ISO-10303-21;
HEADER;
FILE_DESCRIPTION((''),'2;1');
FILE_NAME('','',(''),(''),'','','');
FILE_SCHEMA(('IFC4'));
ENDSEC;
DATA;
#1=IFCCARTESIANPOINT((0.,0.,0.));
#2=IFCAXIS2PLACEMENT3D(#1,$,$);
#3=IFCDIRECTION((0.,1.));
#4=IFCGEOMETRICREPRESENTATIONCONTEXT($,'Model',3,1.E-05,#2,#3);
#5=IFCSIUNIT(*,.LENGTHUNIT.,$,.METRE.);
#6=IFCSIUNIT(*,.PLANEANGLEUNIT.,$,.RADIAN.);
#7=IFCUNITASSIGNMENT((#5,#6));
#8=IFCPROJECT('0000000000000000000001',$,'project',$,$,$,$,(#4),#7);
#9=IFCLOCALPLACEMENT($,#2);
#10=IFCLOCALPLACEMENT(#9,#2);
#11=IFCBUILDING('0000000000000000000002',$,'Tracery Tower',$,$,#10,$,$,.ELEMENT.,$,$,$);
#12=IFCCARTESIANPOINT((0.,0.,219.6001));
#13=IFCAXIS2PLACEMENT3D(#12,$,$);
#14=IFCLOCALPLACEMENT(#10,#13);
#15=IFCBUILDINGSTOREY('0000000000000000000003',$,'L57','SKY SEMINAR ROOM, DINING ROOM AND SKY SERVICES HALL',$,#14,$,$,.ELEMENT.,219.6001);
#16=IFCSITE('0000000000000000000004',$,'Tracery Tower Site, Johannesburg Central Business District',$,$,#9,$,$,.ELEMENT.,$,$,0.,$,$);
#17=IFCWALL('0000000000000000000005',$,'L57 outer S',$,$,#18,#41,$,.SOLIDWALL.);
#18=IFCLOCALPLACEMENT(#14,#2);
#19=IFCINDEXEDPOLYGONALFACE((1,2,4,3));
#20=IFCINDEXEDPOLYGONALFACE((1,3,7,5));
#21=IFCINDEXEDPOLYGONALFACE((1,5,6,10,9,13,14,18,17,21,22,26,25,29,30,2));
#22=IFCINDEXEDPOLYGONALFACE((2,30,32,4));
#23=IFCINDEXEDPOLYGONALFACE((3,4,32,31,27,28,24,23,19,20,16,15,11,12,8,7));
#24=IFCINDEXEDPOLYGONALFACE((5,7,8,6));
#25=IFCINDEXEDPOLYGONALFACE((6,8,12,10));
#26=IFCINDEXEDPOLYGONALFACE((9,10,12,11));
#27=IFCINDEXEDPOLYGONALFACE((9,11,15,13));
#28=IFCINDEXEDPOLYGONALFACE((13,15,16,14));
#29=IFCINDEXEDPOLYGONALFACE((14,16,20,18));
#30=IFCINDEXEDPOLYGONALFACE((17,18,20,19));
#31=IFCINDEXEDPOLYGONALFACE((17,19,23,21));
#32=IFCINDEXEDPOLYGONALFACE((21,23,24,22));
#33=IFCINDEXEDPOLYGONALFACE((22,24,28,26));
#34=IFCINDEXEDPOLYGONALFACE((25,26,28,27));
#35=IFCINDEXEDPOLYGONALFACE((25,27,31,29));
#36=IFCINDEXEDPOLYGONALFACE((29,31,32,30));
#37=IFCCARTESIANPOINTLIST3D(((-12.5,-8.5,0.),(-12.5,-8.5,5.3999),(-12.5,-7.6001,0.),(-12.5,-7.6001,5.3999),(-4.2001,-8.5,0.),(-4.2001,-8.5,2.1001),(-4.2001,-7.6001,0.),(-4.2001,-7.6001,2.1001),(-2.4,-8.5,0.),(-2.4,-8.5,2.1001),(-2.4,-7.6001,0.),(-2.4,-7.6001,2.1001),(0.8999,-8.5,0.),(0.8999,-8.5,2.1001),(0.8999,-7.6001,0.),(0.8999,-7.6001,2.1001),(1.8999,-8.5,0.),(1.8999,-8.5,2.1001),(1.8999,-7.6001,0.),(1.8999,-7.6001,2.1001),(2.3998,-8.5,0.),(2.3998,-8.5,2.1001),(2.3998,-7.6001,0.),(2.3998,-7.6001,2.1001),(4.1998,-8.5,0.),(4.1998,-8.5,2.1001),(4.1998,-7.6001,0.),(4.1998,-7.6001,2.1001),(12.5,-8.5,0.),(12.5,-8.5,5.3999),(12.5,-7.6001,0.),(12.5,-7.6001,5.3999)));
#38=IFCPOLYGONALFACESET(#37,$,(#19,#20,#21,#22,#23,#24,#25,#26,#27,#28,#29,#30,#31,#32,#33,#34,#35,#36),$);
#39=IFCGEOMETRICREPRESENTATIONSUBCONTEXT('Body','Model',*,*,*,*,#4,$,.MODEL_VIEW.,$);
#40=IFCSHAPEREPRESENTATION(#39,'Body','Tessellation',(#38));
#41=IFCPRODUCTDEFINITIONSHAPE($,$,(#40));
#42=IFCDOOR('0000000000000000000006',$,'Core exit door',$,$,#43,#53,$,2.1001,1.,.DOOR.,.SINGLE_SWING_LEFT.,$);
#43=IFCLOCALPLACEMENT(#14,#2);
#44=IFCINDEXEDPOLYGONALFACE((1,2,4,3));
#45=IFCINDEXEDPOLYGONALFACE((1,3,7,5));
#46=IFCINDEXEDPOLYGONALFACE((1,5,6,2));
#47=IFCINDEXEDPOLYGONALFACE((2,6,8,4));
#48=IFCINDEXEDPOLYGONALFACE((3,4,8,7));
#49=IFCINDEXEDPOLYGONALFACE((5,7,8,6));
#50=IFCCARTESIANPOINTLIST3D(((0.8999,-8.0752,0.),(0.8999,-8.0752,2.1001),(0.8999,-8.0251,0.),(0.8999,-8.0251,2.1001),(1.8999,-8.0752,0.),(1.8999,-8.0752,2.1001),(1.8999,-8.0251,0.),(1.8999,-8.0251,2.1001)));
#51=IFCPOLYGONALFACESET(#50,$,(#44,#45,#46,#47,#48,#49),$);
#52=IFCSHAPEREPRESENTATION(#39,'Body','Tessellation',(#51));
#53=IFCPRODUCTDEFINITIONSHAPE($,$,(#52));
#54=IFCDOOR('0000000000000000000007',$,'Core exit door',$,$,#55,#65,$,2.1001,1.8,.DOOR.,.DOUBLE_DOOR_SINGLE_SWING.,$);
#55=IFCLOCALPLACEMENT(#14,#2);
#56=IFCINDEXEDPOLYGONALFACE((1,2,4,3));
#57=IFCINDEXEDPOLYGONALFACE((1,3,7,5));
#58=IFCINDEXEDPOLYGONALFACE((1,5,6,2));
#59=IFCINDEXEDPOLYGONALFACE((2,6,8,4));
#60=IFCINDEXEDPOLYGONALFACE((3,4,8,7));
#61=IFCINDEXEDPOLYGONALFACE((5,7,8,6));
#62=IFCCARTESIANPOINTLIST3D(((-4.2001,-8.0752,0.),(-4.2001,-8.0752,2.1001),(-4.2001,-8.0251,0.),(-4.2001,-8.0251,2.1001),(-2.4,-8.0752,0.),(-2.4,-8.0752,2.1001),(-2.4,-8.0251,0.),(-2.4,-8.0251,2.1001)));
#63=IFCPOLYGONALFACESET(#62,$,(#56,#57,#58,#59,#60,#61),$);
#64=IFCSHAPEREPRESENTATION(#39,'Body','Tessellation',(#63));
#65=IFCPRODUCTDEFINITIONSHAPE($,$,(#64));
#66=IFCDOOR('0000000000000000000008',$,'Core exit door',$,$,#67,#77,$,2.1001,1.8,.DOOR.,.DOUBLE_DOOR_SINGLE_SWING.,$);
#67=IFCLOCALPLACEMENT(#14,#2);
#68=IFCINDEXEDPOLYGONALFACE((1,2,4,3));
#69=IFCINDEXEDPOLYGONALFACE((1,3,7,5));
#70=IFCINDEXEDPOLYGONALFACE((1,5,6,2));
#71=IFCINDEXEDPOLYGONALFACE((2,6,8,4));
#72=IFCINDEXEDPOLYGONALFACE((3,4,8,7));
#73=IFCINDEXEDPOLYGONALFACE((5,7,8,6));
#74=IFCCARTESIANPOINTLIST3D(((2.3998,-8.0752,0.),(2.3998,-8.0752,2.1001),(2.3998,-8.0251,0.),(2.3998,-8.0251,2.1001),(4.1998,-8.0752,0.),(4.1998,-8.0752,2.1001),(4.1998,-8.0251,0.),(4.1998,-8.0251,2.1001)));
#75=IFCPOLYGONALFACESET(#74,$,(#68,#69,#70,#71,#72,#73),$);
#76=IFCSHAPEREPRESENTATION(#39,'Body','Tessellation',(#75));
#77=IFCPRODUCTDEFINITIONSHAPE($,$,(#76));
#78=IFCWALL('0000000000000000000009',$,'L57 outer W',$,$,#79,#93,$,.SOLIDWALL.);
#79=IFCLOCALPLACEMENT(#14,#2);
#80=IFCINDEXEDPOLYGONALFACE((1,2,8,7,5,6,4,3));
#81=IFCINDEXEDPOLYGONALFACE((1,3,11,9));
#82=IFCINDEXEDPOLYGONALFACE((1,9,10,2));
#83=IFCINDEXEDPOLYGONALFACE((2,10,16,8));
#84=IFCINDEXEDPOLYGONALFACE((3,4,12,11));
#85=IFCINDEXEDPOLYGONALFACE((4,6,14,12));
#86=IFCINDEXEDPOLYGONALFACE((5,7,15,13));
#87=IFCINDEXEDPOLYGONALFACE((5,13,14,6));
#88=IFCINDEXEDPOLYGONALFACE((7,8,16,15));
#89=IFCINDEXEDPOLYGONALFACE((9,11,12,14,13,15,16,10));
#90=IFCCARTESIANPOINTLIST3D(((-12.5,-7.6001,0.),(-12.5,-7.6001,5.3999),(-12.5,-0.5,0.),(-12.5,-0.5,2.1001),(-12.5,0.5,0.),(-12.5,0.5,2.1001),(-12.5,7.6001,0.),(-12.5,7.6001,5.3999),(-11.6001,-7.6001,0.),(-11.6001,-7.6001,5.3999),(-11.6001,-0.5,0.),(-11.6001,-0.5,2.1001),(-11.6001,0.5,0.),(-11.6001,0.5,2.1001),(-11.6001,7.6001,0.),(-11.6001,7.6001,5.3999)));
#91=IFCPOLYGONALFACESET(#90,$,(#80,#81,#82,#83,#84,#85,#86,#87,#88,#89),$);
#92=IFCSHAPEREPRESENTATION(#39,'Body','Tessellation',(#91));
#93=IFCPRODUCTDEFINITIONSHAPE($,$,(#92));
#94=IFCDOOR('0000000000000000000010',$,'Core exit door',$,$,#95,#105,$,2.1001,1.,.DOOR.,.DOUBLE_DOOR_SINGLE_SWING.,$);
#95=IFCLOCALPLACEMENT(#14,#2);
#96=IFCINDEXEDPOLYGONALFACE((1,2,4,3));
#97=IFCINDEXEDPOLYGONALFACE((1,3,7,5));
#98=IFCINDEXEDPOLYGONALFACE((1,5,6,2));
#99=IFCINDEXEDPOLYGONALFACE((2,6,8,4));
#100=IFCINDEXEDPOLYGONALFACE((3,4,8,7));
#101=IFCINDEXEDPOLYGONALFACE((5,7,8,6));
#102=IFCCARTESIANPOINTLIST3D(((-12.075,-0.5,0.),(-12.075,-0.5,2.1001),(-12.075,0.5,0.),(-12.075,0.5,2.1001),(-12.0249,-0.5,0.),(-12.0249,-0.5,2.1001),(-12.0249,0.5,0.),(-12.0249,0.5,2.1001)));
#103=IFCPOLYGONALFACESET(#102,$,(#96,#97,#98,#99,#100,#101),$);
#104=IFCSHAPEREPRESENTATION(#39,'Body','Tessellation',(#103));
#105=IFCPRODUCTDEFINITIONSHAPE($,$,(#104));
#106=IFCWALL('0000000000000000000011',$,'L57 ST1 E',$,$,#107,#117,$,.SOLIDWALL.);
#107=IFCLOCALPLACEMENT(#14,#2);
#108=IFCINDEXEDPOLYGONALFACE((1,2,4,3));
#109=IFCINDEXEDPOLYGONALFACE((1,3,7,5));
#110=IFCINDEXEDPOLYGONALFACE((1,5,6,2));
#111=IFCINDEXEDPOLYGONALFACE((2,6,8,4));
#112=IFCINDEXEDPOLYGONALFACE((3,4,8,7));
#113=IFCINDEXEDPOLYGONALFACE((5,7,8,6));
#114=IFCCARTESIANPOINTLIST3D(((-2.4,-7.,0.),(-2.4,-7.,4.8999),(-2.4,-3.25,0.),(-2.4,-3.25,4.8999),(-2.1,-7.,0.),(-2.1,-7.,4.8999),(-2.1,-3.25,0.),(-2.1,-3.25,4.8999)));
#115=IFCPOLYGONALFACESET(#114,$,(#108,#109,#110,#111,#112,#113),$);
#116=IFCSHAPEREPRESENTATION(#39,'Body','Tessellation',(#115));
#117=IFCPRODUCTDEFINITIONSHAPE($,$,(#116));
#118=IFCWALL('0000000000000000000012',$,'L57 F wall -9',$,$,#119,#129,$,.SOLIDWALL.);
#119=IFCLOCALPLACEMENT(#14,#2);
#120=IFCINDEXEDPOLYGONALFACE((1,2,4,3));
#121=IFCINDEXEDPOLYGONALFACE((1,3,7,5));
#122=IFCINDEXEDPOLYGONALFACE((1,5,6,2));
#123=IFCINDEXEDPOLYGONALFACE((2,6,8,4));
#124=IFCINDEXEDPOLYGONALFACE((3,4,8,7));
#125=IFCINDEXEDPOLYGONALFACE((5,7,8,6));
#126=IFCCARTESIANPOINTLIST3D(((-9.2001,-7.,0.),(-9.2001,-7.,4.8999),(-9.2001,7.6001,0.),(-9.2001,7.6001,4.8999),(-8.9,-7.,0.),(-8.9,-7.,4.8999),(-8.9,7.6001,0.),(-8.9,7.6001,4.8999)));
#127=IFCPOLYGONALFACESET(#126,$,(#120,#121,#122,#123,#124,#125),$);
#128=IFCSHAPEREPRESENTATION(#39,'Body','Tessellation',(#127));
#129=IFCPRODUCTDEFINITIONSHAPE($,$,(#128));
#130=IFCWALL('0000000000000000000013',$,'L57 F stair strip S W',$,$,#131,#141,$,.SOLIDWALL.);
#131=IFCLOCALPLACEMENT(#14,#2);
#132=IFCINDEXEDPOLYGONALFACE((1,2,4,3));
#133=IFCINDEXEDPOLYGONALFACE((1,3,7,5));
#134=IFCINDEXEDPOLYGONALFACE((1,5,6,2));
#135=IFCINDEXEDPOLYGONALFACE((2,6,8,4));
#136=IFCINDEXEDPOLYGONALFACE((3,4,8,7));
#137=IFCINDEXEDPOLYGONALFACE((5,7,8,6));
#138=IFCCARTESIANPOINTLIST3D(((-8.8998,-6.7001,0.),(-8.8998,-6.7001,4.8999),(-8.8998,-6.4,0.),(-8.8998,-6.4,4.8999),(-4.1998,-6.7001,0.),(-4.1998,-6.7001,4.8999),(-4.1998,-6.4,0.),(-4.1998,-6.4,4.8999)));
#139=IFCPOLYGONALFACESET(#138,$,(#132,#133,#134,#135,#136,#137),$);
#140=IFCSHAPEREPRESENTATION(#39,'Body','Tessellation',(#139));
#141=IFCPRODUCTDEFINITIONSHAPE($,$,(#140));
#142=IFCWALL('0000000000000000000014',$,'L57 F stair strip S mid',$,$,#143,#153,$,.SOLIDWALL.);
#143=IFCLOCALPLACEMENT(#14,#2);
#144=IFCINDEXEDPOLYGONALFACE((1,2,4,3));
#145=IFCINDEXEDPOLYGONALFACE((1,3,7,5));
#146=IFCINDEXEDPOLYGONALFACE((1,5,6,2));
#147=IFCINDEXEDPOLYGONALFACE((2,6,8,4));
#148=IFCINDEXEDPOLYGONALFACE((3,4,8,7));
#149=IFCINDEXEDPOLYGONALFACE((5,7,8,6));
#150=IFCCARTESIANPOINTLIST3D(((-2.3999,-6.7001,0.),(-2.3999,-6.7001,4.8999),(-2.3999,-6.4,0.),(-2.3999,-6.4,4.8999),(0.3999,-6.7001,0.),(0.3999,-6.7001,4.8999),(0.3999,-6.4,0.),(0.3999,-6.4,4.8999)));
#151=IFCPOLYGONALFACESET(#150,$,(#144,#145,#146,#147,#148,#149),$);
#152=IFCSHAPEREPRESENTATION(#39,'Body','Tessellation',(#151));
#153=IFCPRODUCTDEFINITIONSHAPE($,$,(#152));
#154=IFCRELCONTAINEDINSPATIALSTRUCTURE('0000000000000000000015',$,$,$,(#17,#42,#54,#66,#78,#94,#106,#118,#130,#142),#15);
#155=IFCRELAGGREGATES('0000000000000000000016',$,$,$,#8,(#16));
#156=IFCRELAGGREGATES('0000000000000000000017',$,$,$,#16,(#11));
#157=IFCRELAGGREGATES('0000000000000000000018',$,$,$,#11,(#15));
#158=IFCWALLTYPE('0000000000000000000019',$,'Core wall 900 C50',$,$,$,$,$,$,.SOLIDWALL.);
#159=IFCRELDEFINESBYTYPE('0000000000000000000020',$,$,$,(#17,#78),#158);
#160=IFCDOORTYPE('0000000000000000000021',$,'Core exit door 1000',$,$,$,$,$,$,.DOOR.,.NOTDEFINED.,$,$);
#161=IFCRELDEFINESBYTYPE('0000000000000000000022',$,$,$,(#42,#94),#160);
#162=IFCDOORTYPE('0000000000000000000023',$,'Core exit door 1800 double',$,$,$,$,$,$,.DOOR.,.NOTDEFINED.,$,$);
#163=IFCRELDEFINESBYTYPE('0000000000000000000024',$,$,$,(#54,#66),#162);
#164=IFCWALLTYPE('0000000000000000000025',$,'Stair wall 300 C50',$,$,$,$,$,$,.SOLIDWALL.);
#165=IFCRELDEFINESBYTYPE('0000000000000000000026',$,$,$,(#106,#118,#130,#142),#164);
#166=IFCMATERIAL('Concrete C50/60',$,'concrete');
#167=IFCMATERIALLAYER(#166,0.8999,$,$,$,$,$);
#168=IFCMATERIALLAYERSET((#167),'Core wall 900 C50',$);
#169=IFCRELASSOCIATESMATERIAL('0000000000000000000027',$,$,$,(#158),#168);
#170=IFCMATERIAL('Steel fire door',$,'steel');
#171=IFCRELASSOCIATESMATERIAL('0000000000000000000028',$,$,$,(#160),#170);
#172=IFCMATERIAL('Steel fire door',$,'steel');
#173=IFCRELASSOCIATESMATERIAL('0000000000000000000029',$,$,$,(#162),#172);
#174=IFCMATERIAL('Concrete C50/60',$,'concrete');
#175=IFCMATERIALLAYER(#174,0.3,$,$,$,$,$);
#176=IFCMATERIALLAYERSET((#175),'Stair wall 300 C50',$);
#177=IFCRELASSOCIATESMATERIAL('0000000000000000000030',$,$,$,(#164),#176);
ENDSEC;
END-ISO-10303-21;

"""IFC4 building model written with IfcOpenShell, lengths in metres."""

from ifc_helpers import new_model, si_unit, direction, frame, frame_2d, origin, place, context, subcontext, project, spatial, rectangle, extrude, material, layer, layer_set, type_object, element, fill, save


model = new_model("IFC4")

# Units and contexts
model_context = context("Model", 3, precision=1e-05, world=origin(), true_north=direction((0.0, 1.0)))
body_context = subcontext(model_context, "Body", "Model", "MODEL_VIEW")
ifc_project = project(units=[si_unit("LENGTHUNIT", "METRE"), si_unit("PLANEANGLEUNIT", "RADIAN")], contexts=[model_context])

# Site, building, storey
site_placement = place(None, origin())
site = spatial("IfcSite", under=ifc_project, at=site_placement, Name="Tracery Tower Site, Johannesburg Central Business District", CompositionType="ELEMENT", RefElevation=0.0)
building_placement = place(site_placement, origin())
building = spatial("IfcBuilding", under=site, at=building_placement, Name="Tracery Tower", CompositionType="ELEMENT")
storey_placement = place(building_placement, frame((0.0, 0.0, 219.6001)))
storey = spatial("IfcBuildingStorey", under=building, at=storey_placement, Name="L57", Description="SKY SEMINAR ROOM, DINING ROOM AND SKY SERVICES HALL", CompositionType="ELEMENT", Elevation=219.6001)

# Wall, openings, doors
ifc_material_1 = material(Name="Concrete C50/60", Category="concrete")
ifc_layer_1 = layer(ifc_material_1, 0.8999)
ifc_layer_set_1 = layer_set([ifc_layer_1], Name="Core wall 900 C50")
wall_type_1 = type_object("IfcWallType", Name="Core wall 900 C50", PredefinedType="SOLIDWALL", material=ifc_layer_set_1)
wall_1_placement = place(storey_placement, frame((-12.5, -8.05, 0.0), z_axis=(0.0, 0.0, 1.0), x_axis=(1.0, 0.0, 0.0)))
wall_1 = element("IfcWall", 1, at=wall_1_placement, inside=storey, type_object=wall_type_1, Name="L57 outer S", PredefinedType="SOLIDWALL", context=body_context, shape_type="SweptSolid", body=[
    extrude(rectangle(XDim=25.0, YDim=0.8999, at=frame_2d((12.5, 0.0))), origin(), (0.0, 0.0, 1.0), 5.3999),
])
opening_1_placement = place(wall_1_placement, frame((13.3999, 0.0, 0.0)))
opening_1 = element("IfcOpeningElement", 2, at=opening_1_placement, cuts=wall_1, PredefinedType="OPENING", context=body_context, shape_type="SweptSolid", body=[
    extrude(rectangle(XDim=1.0, YDim=2.1001, at=frame_2d((0.5, 1.05))), frame((0.0, 0.45, 0.0), z_axis=(0.0, -1.0, 0.0), x_axis=(1.0, 0.0, 0.0)), (0.0, 0.0, 1.0), 0.8999),
])
opening_2_placement = place(wall_1_placement, frame((8.3, 0.0, 0.0)))
opening_2 = element("IfcOpeningElement", 3, at=opening_2_placement, cuts=wall_1, PredefinedType="OPENING", context=body_context, shape_type="SweptSolid", body=[
    extrude(rectangle(XDim=1.8, YDim=2.1001, at=frame_2d((0.8999, 1.05))), frame((0.0, 0.45, 0.0), z_axis=(0.0, -1.0, 0.0), x_axis=(1.0, 0.0, 0.0)), (0.0, 0.0, 1.0), 0.8999),
])
opening_3_placement = place(wall_1_placement, frame((14.8999, 0.0, 0.0)))
opening_3 = element("IfcOpeningElement", 4, at=opening_3_placement, cuts=wall_1, PredefinedType="OPENING", context=body_context, shape_type="SweptSolid", body=[
    extrude(rectangle(XDim=1.8, YDim=2.1001, at=frame_2d((0.8999, 1.05))), frame((0.0, 0.45, 0.0), z_axis=(0.0, -1.0, 0.0), x_axis=(1.0, 0.0, 0.0)), (0.0, 0.0, 1.0), 0.8999),
])
ifc_material_2 = material(Name="Steel fire door", Category="steel")
door_type_1 = type_object("IfcDoorType", Name="Core exit door 1000", OperationType="NOTDEFINED", PredefinedType="DOOR", material=ifc_material_2)
door_1_placement = place(opening_1_placement, origin())
door_1 = element("IfcDoor", 5, at=door_1_placement, inside=storey, type_object=door_type_1, Name="Core exit door", OperationType="SINGLE_SWING_LEFT", OverallHeight=2.1001, OverallWidth=1.0, PredefinedType="DOOR", context=body_context, shape_type="SweptSolid", body=[
    extrude(rectangle(XDim=1.0, YDim=2.1001, at=frame_2d((0.5, 1.05))), frame((0.0, 0.0249, 0.0), z_axis=(0.0, -1.0, 0.0), x_axis=(1.0, 0.0, 0.0)), (0.0, 0.0, 1.0), 0.05),
])
fill(opening_1, door_1)
ifc_material_3 = material(Name="Steel fire door", Category="steel")
door_type_2 = type_object("IfcDoorType", Name="Core exit door 1800 double", OperationType="NOTDEFINED", PredefinedType="DOOR", material=ifc_material_3)
door_2_placement = place(opening_2_placement, origin())
door_2 = element("IfcDoor", 6, at=door_2_placement, inside=storey, type_object=door_type_2, Name="Core exit door", OperationType="DOUBLE_DOOR_SINGLE_SWING", OverallHeight=2.1001, OverallWidth=1.8, PredefinedType="DOOR", context=body_context, shape_type="SweptSolid", body=[
    extrude(rectangle(XDim=1.8, YDim=2.1001, at=frame_2d((0.8999, 1.05))), frame((0.0, 0.0249, 0.0), z_axis=(0.0, -1.0, 0.0), x_axis=(1.0, 0.0, 0.0)), (0.0, 0.0, 1.0), 0.05),
])
fill(opening_2, door_2)
door_3_placement = place(opening_3_placement, origin())
door_3 = element("IfcDoor", 7, at=door_3_placement, inside=storey, type_object=door_type_2, Name="Core exit door", OperationType="DOUBLE_DOOR_SINGLE_SWING", OverallHeight=2.1001, OverallWidth=1.8, PredefinedType="DOOR", context=body_context, shape_type="SweptSolid", body=[
    extrude(rectangle(XDim=1.8, YDim=2.1001, at=frame_2d((0.8999, 1.05))), frame((0.0, 0.0249, 0.0), z_axis=(0.0, -1.0, 0.0), x_axis=(1.0, 0.0, 0.0)), (0.0, 0.0, 1.0), 0.05),
])
fill(opening_3, door_3)

# Wall, opening, door
wall_2_placement = place(storey_placement, frame((-12.05, -7.6001, 0.0), z_axis=(0.0, 0.0, 1.0), x_axis=(0.0, 1.0, 0.0)))
wall_2 = element("IfcWall", 8, at=wall_2_placement, inside=storey, type_object=wall_type_1, Name="L57 outer W", PredefinedType="SOLIDWALL", context=body_context, shape_type="SweptSolid", body=[
    extrude(rectangle(XDim=15.2002, YDim=0.8999, at=frame_2d((7.6001, 0.0))), origin(), (0.0, 0.0, 1.0), 5.3999),
])
opening_4_placement = place(wall_2_placement, frame((7.1001, 0.0, 0.0)))
opening_4 = element("IfcOpeningElement", 9, at=opening_4_placement, cuts=wall_2, PredefinedType="OPENING", context=body_context, shape_type="SweptSolid", body=[
    extrude(rectangle(XDim=1.0, YDim=2.1001, at=frame_2d((0.5, 1.05))), frame((0.0, 0.45, 0.0), z_axis=(0.0, -1.0, 0.0), x_axis=(1.0, 0.0, 0.0)), (0.0, 0.0, 1.0), 0.8999),
])
door_4_placement = place(opening_4_placement, origin())
door_4 = element("IfcDoor", 10, at=door_4_placement, inside=storey, type_object=door_type_1, Name="Core exit door", OperationType="DOUBLE_DOOR_SINGLE_SWING", OverallHeight=2.1001, OverallWidth=1.0, PredefinedType="DOOR", context=body_context, shape_type="SweptSolid", body=[
    extrude(rectangle(XDim=1.0, YDim=2.1001, at=frame_2d((0.5, 1.05))), frame((0.0, 0.0249, 0.0), z_axis=(0.0, -1.0, 0.0), x_axis=(1.0, 0.0, 0.0)), (0.0, 0.0, 1.0), 0.05),
])
fill(opening_4, door_4)

# Walls
ifc_material_4 = material(Name="Concrete C50/60", Category="concrete")
ifc_layer_2 = layer(ifc_material_4, 0.3)
ifc_layer_set_2 = layer_set([ifc_layer_2], Name="Stair wall 300 C50")
wall_type_2 = type_object("IfcWallType", Name="Stair wall 300 C50", PredefinedType="SOLIDWALL", material=ifc_layer_set_2)
wall_3_placement = place(storey_placement, frame((-2.25, -7.0, 0.0), z_axis=(0.0, 0.0, 1.0), x_axis=(0.0, 1.0, 0.0)))
element("IfcWall", 11, at=wall_3_placement, inside=storey, type_object=wall_type_2, Name="L57 ST1 E", PredefinedType="SOLIDWALL", context=body_context, shape_type="SweptSolid", body=[
    extrude(rectangle(XDim=3.75, YDim=0.3, at=frame_2d((1.875, 0.0))), origin(), (0.0, 0.0, 1.0), 4.8999),
])
wall_4_placement = place(storey_placement, frame((-9.05, -7.0, 0.0), z_axis=(0.0, 0.0, 1.0), x_axis=(0.0, 1.0, 0.0)))
element("IfcWall", 12, at=wall_4_placement, inside=storey, type_object=wall_type_2, Name="L57 F wall -9", PredefinedType="SOLIDWALL", context=body_context, shape_type="SweptSolid", body=[
    extrude(rectangle(XDim=14.6001, YDim=0.3, at=frame_2d((7.3, 0.0))), origin(), (0.0, 0.0, 1.0), 4.8999),
])
wall_5_placement = place(storey_placement, frame((-8.8999, -6.55, 0.0), z_axis=(0.0, 0.0, 1.0), x_axis=(1.0, 0.0, 0.0)))
element("IfcWall", 13, at=wall_5_placement, inside=storey, type_object=wall_type_2, Name="L57 F stair strip S W", PredefinedType="SOLIDWALL", context=body_context, shape_type="SweptSolid", body=[
    extrude(rectangle(XDim=4.7, YDim=0.3, at=frame_2d((2.3501, 0.0))), origin(), (0.0, 0.0, 1.0), 4.8999),
])
wall_6_placement = place(storey_placement, frame((-2.3999, -6.55, 0.0), z_axis=(0.0, 0.0, 1.0), x_axis=(1.0, 0.0, 0.0)))
element("IfcWall", 14, at=wall_6_placement, inside=storey, type_object=wall_type_2, Name="L57 F stair strip S mid", PredefinedType="SOLIDWALL", context=body_context, shape_type="SweptSolid", body=[
    extrude(rectangle(XDim=2.7998, YDim=0.3, at=frame_2d((1.3999, 0.0))), origin(), (0.0, 0.0, 1.0), 4.8999),
])

save(model, "model.ifc")
